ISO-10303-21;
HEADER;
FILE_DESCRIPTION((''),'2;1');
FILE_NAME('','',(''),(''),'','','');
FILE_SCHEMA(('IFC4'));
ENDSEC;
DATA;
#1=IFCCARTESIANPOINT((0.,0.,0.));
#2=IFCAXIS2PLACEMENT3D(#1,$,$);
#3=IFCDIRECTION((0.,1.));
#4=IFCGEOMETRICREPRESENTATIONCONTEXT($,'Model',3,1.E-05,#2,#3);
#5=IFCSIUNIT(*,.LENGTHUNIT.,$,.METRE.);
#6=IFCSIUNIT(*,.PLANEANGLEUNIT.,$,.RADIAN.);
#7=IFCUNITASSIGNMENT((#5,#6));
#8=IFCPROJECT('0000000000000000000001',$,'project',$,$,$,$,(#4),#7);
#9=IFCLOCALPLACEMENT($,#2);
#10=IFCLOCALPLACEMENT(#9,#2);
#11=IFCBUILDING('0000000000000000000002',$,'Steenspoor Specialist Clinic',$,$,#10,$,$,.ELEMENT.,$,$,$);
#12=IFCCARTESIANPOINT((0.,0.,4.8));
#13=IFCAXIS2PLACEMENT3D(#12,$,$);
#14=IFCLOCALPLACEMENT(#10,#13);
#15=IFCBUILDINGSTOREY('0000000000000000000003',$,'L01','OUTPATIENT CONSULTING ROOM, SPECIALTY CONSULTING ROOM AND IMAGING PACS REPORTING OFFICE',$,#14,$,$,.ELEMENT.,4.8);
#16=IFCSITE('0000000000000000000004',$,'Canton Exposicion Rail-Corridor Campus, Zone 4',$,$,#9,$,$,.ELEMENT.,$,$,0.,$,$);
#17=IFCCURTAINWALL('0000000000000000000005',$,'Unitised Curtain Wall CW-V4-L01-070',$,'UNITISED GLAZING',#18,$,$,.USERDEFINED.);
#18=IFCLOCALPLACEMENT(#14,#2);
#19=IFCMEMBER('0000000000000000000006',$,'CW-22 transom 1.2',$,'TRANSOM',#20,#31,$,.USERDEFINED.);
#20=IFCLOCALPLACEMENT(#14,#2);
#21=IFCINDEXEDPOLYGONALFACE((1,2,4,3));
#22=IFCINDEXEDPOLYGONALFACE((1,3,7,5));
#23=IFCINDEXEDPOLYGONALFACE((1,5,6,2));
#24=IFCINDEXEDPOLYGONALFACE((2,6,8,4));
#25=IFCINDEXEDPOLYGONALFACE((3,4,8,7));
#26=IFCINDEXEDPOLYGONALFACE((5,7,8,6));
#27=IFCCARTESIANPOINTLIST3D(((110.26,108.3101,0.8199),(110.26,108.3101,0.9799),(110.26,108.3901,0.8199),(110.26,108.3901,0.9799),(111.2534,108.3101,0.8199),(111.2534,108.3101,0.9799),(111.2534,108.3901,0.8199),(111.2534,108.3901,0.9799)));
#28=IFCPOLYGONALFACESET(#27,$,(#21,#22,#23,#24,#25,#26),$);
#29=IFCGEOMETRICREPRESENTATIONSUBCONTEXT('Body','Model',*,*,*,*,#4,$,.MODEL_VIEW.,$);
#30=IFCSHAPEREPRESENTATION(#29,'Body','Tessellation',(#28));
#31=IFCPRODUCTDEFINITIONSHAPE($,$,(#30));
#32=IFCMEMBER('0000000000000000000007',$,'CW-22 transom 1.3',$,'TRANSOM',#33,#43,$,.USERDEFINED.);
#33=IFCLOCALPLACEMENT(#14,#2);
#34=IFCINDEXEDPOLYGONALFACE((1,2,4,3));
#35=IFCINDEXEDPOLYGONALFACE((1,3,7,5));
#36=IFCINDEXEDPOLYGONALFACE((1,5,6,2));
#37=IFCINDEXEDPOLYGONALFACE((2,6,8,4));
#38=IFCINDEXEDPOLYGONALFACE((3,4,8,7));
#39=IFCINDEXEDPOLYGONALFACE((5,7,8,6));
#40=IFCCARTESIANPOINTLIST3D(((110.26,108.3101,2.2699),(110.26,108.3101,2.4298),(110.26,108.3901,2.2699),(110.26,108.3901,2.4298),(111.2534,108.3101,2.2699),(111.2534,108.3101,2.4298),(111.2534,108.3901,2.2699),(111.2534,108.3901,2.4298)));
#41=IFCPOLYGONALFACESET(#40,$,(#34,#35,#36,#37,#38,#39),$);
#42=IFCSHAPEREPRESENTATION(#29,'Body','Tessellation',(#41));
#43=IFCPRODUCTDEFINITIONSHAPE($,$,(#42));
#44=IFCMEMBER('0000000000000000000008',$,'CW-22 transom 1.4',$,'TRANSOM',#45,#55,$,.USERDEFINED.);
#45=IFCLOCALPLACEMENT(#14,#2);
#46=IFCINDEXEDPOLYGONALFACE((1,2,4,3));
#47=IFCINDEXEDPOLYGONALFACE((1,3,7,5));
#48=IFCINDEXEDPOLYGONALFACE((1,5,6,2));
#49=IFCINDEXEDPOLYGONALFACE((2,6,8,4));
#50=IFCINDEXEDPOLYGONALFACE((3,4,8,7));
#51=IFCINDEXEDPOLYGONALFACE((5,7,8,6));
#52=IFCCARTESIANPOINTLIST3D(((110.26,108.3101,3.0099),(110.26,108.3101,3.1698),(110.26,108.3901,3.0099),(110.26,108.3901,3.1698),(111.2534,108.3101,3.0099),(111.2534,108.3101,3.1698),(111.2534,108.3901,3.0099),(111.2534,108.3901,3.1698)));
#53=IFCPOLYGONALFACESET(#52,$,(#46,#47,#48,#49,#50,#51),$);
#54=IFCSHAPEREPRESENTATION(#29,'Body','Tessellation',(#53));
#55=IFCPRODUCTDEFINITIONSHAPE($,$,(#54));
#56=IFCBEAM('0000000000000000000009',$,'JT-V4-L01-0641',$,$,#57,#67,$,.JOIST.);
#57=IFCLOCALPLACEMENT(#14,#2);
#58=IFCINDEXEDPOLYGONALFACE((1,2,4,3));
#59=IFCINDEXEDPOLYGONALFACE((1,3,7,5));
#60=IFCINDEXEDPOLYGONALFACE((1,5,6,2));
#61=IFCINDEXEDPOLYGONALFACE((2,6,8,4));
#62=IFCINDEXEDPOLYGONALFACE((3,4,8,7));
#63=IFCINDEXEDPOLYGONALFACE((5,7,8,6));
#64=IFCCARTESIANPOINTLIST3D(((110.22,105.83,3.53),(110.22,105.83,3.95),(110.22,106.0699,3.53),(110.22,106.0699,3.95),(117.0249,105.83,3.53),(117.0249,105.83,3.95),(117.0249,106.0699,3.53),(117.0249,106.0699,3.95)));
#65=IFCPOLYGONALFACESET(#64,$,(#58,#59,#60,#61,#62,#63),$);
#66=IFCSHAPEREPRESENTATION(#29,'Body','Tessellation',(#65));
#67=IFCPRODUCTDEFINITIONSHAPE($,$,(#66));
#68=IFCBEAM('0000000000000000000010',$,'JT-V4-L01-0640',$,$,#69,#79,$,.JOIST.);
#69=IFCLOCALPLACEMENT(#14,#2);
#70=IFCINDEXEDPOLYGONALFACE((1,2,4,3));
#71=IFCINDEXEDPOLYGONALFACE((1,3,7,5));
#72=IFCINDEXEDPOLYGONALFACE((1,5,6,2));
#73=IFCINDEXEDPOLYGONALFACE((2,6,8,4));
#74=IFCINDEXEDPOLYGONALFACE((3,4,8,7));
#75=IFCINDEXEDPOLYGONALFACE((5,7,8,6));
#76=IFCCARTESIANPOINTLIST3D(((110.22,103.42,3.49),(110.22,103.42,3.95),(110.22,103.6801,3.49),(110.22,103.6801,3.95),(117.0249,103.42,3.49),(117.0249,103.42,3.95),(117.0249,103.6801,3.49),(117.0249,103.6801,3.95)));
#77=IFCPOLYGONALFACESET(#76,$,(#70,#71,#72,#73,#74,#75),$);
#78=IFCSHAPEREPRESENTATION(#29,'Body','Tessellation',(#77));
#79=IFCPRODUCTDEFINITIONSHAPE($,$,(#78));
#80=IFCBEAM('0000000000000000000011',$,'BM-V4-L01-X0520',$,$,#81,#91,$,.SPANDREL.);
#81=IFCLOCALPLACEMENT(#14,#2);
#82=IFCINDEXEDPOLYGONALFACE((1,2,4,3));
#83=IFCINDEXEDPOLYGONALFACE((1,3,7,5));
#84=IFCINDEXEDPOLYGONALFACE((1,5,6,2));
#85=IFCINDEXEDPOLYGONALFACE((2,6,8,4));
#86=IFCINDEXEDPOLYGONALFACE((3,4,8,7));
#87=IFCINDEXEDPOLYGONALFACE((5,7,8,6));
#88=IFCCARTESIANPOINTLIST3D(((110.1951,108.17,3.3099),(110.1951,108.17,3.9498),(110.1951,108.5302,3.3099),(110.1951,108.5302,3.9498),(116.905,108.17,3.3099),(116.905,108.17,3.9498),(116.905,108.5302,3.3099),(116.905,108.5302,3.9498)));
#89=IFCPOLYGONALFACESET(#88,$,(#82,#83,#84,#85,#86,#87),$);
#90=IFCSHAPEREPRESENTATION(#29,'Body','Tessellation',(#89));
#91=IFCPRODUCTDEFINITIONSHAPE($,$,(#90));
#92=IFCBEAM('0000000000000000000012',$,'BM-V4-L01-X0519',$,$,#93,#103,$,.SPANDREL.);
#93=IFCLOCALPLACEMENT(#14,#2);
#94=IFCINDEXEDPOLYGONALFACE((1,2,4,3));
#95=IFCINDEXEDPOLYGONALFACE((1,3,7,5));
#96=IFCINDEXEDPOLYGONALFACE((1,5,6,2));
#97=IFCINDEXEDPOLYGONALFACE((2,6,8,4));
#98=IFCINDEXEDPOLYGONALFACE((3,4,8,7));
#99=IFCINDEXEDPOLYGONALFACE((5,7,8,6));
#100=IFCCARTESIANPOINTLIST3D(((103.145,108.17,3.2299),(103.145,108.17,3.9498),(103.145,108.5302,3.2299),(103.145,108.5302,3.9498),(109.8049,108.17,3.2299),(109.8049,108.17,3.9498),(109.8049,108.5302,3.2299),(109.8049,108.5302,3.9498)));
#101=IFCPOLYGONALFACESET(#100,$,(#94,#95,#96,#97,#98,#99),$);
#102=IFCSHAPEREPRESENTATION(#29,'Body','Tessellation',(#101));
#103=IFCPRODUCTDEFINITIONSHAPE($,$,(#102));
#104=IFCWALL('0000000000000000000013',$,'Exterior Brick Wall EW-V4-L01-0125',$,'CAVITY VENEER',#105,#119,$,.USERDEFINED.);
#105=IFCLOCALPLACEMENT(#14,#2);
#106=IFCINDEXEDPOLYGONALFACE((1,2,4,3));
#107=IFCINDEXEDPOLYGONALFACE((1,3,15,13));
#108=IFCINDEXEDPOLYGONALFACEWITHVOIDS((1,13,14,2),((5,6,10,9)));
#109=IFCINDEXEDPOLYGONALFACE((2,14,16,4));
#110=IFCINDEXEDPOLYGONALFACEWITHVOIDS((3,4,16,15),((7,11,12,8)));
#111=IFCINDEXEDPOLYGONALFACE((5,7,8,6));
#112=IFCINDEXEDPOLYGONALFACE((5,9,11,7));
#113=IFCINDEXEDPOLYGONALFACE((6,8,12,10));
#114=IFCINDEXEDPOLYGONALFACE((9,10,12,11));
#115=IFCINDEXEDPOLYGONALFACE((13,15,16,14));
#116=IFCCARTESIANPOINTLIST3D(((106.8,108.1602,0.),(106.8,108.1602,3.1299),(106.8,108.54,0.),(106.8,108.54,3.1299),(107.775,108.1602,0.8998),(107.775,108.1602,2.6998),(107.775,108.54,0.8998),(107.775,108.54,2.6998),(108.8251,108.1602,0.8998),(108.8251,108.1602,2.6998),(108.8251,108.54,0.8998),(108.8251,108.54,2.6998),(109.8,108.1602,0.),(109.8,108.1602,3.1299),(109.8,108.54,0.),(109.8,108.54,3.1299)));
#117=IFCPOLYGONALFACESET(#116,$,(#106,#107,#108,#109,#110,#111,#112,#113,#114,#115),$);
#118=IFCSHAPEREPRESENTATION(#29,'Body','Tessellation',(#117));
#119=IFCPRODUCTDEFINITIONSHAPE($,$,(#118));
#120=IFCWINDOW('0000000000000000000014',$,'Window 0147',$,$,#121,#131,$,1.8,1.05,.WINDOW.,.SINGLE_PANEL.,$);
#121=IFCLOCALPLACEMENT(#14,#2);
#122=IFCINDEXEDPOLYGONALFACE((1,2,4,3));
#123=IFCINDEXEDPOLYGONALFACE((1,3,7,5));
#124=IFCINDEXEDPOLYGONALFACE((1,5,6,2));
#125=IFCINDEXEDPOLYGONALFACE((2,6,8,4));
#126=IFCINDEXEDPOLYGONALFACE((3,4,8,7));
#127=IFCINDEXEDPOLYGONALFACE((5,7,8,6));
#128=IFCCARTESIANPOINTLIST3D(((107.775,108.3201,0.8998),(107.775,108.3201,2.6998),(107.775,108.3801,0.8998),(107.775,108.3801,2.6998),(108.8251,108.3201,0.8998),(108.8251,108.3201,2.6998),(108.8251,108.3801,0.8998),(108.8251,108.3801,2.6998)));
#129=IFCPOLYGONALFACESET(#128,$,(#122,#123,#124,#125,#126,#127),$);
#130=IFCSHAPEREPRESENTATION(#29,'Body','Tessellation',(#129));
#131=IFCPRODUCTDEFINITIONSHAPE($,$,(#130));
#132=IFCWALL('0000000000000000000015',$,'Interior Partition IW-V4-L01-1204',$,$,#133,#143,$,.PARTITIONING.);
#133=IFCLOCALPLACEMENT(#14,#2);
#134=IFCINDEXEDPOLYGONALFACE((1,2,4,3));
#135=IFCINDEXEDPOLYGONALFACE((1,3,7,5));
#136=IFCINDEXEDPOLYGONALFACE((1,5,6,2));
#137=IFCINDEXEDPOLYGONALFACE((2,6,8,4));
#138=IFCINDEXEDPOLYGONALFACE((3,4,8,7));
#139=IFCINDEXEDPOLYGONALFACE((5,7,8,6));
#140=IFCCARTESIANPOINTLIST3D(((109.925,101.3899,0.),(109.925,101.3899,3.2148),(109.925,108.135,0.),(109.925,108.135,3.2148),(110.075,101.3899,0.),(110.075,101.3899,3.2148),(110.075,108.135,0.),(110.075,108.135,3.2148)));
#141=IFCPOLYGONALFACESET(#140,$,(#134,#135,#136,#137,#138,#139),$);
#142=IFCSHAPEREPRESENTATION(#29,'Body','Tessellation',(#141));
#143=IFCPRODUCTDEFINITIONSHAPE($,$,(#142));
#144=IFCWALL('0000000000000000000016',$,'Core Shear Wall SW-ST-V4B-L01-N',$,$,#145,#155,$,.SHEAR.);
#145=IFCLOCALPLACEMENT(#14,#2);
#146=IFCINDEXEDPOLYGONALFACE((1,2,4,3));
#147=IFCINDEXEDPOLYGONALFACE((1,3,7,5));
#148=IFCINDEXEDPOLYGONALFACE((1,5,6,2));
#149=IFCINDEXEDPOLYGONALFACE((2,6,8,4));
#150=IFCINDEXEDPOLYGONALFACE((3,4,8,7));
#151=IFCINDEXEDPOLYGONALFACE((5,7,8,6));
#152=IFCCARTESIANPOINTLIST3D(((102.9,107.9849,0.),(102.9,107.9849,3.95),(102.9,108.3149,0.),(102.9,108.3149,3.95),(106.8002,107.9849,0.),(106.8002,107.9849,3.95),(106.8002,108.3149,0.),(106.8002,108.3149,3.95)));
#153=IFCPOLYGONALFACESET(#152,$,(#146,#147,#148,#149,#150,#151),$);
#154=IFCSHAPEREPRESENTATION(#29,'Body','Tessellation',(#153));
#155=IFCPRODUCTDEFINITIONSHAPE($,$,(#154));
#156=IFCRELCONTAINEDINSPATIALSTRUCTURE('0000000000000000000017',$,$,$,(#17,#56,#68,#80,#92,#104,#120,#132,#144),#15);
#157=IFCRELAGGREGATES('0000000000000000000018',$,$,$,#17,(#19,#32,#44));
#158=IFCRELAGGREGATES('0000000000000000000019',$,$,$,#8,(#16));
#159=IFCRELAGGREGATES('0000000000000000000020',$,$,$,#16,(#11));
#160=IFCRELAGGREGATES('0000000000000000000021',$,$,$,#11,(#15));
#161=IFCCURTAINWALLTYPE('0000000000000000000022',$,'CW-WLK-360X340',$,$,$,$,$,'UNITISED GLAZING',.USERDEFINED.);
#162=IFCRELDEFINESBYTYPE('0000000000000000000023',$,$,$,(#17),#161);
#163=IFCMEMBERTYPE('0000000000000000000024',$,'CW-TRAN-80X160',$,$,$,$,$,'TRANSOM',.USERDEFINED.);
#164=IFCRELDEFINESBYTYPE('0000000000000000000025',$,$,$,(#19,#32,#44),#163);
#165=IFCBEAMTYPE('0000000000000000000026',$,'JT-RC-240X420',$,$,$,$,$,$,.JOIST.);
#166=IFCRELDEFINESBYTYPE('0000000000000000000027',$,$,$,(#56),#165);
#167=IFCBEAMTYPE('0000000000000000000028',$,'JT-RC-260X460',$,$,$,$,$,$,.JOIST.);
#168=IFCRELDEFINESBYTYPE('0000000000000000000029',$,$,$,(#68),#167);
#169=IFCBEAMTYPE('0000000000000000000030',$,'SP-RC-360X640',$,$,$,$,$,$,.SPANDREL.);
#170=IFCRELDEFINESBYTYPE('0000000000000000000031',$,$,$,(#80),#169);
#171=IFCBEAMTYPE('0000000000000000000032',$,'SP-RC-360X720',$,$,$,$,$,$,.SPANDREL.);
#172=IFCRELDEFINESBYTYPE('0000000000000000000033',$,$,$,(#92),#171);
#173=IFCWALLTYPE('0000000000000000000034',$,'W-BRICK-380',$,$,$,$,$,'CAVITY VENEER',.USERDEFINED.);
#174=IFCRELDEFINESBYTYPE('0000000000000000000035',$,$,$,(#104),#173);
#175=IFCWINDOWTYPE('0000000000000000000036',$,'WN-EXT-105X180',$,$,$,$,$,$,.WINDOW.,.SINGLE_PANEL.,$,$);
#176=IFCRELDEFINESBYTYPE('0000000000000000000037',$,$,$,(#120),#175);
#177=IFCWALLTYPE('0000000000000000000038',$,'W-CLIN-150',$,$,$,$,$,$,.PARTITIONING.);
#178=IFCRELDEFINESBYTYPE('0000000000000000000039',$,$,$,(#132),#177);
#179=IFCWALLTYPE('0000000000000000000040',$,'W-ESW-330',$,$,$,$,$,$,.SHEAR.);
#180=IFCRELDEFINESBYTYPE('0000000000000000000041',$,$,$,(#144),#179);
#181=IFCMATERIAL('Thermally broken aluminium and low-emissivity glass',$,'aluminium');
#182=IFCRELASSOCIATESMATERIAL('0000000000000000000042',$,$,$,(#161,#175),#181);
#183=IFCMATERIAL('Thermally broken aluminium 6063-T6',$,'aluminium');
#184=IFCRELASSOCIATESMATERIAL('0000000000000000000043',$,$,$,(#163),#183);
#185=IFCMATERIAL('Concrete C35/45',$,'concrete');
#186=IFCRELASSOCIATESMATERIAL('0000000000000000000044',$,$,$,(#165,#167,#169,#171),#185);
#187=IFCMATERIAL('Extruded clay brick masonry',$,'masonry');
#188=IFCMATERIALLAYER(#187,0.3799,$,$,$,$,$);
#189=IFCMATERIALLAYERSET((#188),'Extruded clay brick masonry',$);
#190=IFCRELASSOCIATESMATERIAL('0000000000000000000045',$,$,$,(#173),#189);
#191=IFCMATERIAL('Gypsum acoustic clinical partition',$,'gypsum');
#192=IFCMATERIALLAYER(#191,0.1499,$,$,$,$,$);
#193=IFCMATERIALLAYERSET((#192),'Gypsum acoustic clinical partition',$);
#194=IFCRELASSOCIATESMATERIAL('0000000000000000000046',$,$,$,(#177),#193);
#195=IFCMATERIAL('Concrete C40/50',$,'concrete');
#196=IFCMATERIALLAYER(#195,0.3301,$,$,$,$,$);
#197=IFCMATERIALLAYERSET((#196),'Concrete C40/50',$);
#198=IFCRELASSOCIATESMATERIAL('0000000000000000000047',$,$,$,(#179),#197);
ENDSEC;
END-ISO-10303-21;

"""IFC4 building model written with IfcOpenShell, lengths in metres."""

from ifc_helpers import new_model, si_unit, direction, frame, frame_2d, origin, origin_2d, place, context, subcontext, project, spatial, rectangle, extrude, material, layer, layer_set, material_profile, profile_set, type_object, element, fill, aggregate, save


model = new_model("IFC4")

# Units and contexts
model_context = context("Model", 3, precision=1e-05, world=origin(), true_north=direction((0.0, 1.0)))
body_context = subcontext(model_context, "Body", "Model", "MODEL_VIEW")
ifc_project = project(units=[si_unit("LENGTHUNIT", "METRE"), si_unit("PLANEANGLEUNIT", "RADIAN")], contexts=[model_context])

# Site, building, storey
site_placement = place(None, origin())
site = spatial("IfcSite", under=ifc_project, at=site_placement, Name="Canton Exposicion Rail-Corridor Campus, Zone 4", CompositionType="ELEMENT", RefElevation=0.0)
building_placement = place(site_placement, origin())
building = spatial("IfcBuilding", under=site, at=building_placement, Name="Steenspoor Specialist Clinic", CompositionType="ELEMENT")
storey_placement = place(building_placement, frame((0.0, 0.0, 4.8)))
storey = spatial("IfcBuildingStorey", under=building, at=storey_placement, Name="L01", Description="OUTPATIENT CONSULTING ROOM, SPECIALTY CONSULTING ROOM AND IMAGING PACS REPORTING OFFICE", CompositionType="ELEMENT", Elevation=4.8)

# Shared definitions
ifc_material_1 = material(Name="Concrete C40/50", Category="concrete")

# Shared definitions
ifc_material_2 = material(Name="Concrete C35/45", Category="concrete")

# Curtain wall, members
ifc_material_3 = material(Name="Thermally broken aluminium and low-emissivity glass", Category="aluminium")
curtain_wall_type = type_object("IfcCurtainWallType", Name="CW-WLK-360X340", ElementType="UNITISED GLAZING", PredefinedType="USERDEFINED", material=ifc_material_3)
curtain_wall_placement = place(storey_placement, origin())
curtain_wall = element("IfcCurtainWall", 1, at=curtain_wall_placement, inside=storey, type_object=curtain_wall_type, Name="Unitised Curtain Wall CW-V4-L01-070", ObjectType="UNITISED GLAZING", PredefinedType="USERDEFINED")
ifc_material_4 = material(Name="Thermally broken aluminium 6063-T6", Category="aluminium")
ifc_material_profile_1 = material_profile(ifc_material_4, rectangle(XDim=0.0801, YDim=0.1599, at=origin_2d()), Name="CWT-80X160")
ifc_profile_set_1 = profile_set([ifc_material_profile_1], Name="Thermally broken aluminium 6063-T6")
member_type_1 = type_object("IfcMemberType", Name="CW-TRAN-80X160", ElementType="TRANSOM", PredefinedType="USERDEFINED", material=ifc_profile_set_1)
member_1_placement = place(storey_placement, frame((110.26, 108.3501, 0.8999), z_axis=(1.0, 0.0, 0.0), x_axis=(0.0, 1.0, 0.0)))
member_1 = element("IfcMember", 2, at=member_1_placement, type_object=member_type_1, Name="CW-22 transom 1.2", ObjectType="TRANSOM", PredefinedType="USERDEFINED", context=body_context, shape_type="SweptSolid", body=[
    extrude(rectangle(XDim=0.0801, YDim=0.1599, at=origin_2d()), origin(), (0.0, 0.0, 1.0), 0.9934),
])
member_2_placement = place(storey_placement, frame((110.26, 108.3501, 2.3499), z_axis=(1.0, 0.0, 0.0), x_axis=(0.0, 1.0, 0.0)))
member_2 = element("IfcMember", 3, at=member_2_placement, type_object=member_type_1, Name="CW-22 transom 1.3", ObjectType="TRANSOM", PredefinedType="USERDEFINED", context=body_context, shape_type="SweptSolid", body=[
    extrude(rectangle(XDim=0.0801, YDim=0.1599, at=origin_2d()), origin(), (0.0, 0.0, 1.0), 0.9934),
])
member_3_placement = place(storey_placement, frame((110.26, 108.3501, 3.0898), z_axis=(1.0, 0.0, 0.0), x_axis=(0.0, 1.0, 0.0)))
member_3 = element("IfcMember", 4, at=member_3_placement, type_object=member_type_1, Name="CW-22 transom 1.4", ObjectType="TRANSOM", PredefinedType="USERDEFINED", context=body_context, shape_type="SweptSolid", body=[
    extrude(rectangle(XDim=0.0801, YDim=0.1599, at=origin_2d()), origin(), (0.0, 0.0, 1.0), 0.9934),
])
aggregate(curtain_wall, [member_1, member_2, member_3])

# Beams
ifc_material_profile_2 = material_profile(ifc_material_2, rectangle(XDim=0.24, YDim=0.4199, at=origin_2d()), Name="RC-JT-240X420")
ifc_profile_set_2 = profile_set([ifc_material_profile_2], Name="Concrete C35/45")
beam_type_1 = type_object("IfcBeamType", Name="JT-RC-240X420", PredefinedType="JOIST", material=ifc_profile_set_2)
beam_1_placement = place(storey_placement, frame((110.22, 105.95, 3.74), z_axis=(1.0, 0.0, 0.0), x_axis=(0.0, 1.0, 0.0)))
element("IfcBeam", 5, at=beam_1_placement, inside=storey, type_object=beam_type_1, Name="JT-V4-L01-0641", PredefinedType="JOIST", context=body_context, shape_type="SweptSolid", body=[
    extrude(rectangle(XDim=0.24, YDim=0.4199, at=origin_2d()), origin(), (0.0, 0.0, 1.0), 6.8049),
])
ifc_material_profile_3 = material_profile(ifc_material_2, rectangle(XDim=0.26, YDim=0.46, at=origin_2d()), Name="RC-JT-260X460")
ifc_profile_set_3 = profile_set([ifc_material_profile_3], Name="Concrete C35/45")
beam_type_2 = type_object("IfcBeamType", Name="JT-RC-260X460", PredefinedType="JOIST", material=ifc_profile_set_3)
beam_2_placement = place(storey_placement, frame((110.22, 103.55, 3.72), z_axis=(1.0, 0.0, 0.0), x_axis=(0.0, 1.0, 0.0)))
element("IfcBeam", 6, at=beam_2_placement, inside=storey, type_object=beam_type_2, Name="JT-V4-L01-0640", PredefinedType="JOIST", context=body_context, shape_type="SweptSolid", body=[
    extrude(rectangle(XDim=0.26, YDim=0.46, at=origin_2d()), origin(), (0.0, 0.0, 1.0), 6.8049),
])
ifc_material_profile_4 = material_profile(ifc_material_2, rectangle(XDim=0.3601, YDim=0.6399, at=origin_2d()), Name="RC-SP-360X640")
ifc_profile_set_4 = profile_set([ifc_material_profile_4], Name="Concrete C35/45")
beam_type_3 = type_object("IfcBeamType", Name="SP-RC-360X640", PredefinedType="SPANDREL", material=ifc_profile_set_4)
beam_3_placement = place(storey_placement, frame((110.1951, 108.3501, 3.6299), z_axis=(1.0, 0.0, 0.0), x_axis=(0.0, 1.0, 0.0)))
element("IfcBeam", 7, at=beam_3_placement, inside=storey, type_object=beam_type_3, Name="BM-V4-L01-X0520", PredefinedType="SPANDREL", context=body_context, shape_type="SweptSolid", body=[
    extrude(rectangle(XDim=0.3601, YDim=0.6399, at=origin_2d()), origin(), (0.0, 0.0, 1.0), 6.71),
])
ifc_material_profile_5 = material_profile(ifc_material_2, rectangle(XDim=0.3601, YDim=0.72, at=origin_2d()), Name="RC-SP-360X720")
ifc_profile_set_5 = profile_set([ifc_material_profile_5], Name="Concrete C35/45")
beam_type_4 = type_object("IfcBeamType", Name="SP-RC-360X720", PredefinedType="SPANDREL", material=ifc_profile_set_5)
beam_4_placement = place(storey_placement, frame((103.145, 108.3501, 3.5898), z_axis=(1.0, 0.0, 0.0), x_axis=(0.0, 1.0, 0.0)))
element("IfcBeam", 8, at=beam_4_placement, inside=storey, type_object=beam_type_4, Name="BM-V4-L01-X0519", PredefinedType="SPANDREL", context=body_context, shape_type="SweptSolid", body=[
    extrude(rectangle(XDim=0.3601, YDim=0.72, at=origin_2d()), origin(), (0.0, 0.0, 1.0), 6.6599),
])

# Wall, opening, window
ifc_material_5 = material(Name="Extruded clay brick masonry", Category="masonry")
ifc_layer_1 = layer(ifc_material_5, 0.3799)
ifc_layer_set_1 = layer_set([ifc_layer_1], Name="Extruded clay brick masonry")
wall_type_1 = type_object("IfcWallType", Name="W-BRICK-380", ElementType="CAVITY VENEER", PredefinedType="USERDEFINED", material=ifc_layer_set_1)
wall_1_placement = place(storey_placement, frame((106.8, 108.3501, 0.0), z_axis=(0.0, 0.0, 1.0), x_axis=(1.0, 0.0, 0.0)))
wall_1 = element("IfcWall", 9, at=wall_1_placement, inside=storey, type_object=wall_type_1, Name="Exterior Brick Wall EW-V4-L01-0125", ObjectType="CAVITY VENEER", PredefinedType="USERDEFINED", context=body_context, shape_type="SweptSolid", body=[
    extrude(rectangle(XDim=3.0, YDim=0.3799, at=frame_2d((1.5, 0.0))), origin(), (0.0, 0.0, 1.0), 3.1299),
])
opening_placement = place(wall_1_placement, frame((0.9751, 0.0, 0.8999)))
opening = element("IfcOpeningElement", 10, at=opening_placement, cuts=wall_1, PredefinedType="OPENING", context=body_context, shape_type="SweptSolid", body=[
    extrude(rectangle(XDim=1.05, YDim=1.8, at=frame_2d((0.5249, 0.8999))), frame((0.0, 0.2, 0.0), z_axis=(0.0, -1.0, 0.0), x_axis=(1.0, 0.0, 0.0)), (0.0, 0.0, 1.0), 0.3999),
])
window_type = type_object("IfcWindowType", Name="WN-EXT-105X180", PartitioningType="SINGLE_PANEL", PredefinedType="WINDOW", material=ifc_material_3)
window_placement = place(opening_placement, origin())
window = element("IfcWindow", 11, at=window_placement, inside=storey, type_object=window_type, Name="Window 0147", OverallHeight=1.8, OverallWidth=1.05, PartitioningType="SINGLE_PANEL", PredefinedType="WINDOW", context=body_context, shape_type="SweptSolid", body=[
    extrude(rectangle(XDim=1.05, YDim=1.8, at=frame_2d((0.5249, 0.8999))), frame((0.0, 0.03, 0.0), z_axis=(0.0, -1.0, 0.0), x_axis=(1.0, 0.0, 0.0)), (0.0, 0.0, 1.0), 0.0601),
])
fill(opening, window)

# Walls
ifc_material_6 = material(Name="Gypsum acoustic clinical partition", Category="gypsum")
ifc_layer_2 = layer(ifc_material_6, 0.1499)
ifc_layer_set_2 = layer_set([ifc_layer_2], Name="Gypsum acoustic clinical partition")
wall_type_2 = type_object("IfcWallType", Name="W-CLIN-150", PredefinedType="PARTITIONING", material=ifc_layer_set_2)
wall_2_placement = place(storey_placement, frame((110.0, 101.3899, 0.0), z_axis=(0.0, 0.0, 1.0), x_axis=(0.0, 1.0, 0.0)))
element("IfcWall", 12, at=wall_2_placement, inside=storey, type_object=wall_type_2, Name="Interior Partition IW-V4-L01-1204", PredefinedType="PARTITIONING", context=body_context, shape_type="SweptSolid", body=[
    extrude(rectangle(XDim=6.7451, YDim=0.1499, at=frame_2d((3.3726, 0.0))), origin(), (0.0, 0.0, 1.0), 3.2148),
])
ifc_layer_3 = layer(ifc_material_1, 0.3301)
ifc_layer_set_3 = layer_set([ifc_layer_3], Name="Concrete C40/50")
wall_type_3 = type_object("IfcWallType", Name="W-ESW-330", PredefinedType="SHEAR", material=ifc_layer_set_3)
wall_3_placement = place(storey_placement, frame((102.8999, 108.1499, 0.0), z_axis=(0.0, 0.0, 1.0), x_axis=(1.0, 0.0, 0.0)))
element("IfcWall", 13, at=wall_3_placement, inside=storey, type_object=wall_type_3, Name="Core Shear Wall SW-ST-V4B-L01-N", PredefinedType="SHEAR", context=body_context, shape_type="SweptSolid", body=[
    extrude(rectangle(XDim=3.9001, YDim=0.3301, at=frame_2d((1.9502, 0.0))), origin(), (0.0, 0.0, 1.0), 3.95),
])

save(model, "model.ifc")
